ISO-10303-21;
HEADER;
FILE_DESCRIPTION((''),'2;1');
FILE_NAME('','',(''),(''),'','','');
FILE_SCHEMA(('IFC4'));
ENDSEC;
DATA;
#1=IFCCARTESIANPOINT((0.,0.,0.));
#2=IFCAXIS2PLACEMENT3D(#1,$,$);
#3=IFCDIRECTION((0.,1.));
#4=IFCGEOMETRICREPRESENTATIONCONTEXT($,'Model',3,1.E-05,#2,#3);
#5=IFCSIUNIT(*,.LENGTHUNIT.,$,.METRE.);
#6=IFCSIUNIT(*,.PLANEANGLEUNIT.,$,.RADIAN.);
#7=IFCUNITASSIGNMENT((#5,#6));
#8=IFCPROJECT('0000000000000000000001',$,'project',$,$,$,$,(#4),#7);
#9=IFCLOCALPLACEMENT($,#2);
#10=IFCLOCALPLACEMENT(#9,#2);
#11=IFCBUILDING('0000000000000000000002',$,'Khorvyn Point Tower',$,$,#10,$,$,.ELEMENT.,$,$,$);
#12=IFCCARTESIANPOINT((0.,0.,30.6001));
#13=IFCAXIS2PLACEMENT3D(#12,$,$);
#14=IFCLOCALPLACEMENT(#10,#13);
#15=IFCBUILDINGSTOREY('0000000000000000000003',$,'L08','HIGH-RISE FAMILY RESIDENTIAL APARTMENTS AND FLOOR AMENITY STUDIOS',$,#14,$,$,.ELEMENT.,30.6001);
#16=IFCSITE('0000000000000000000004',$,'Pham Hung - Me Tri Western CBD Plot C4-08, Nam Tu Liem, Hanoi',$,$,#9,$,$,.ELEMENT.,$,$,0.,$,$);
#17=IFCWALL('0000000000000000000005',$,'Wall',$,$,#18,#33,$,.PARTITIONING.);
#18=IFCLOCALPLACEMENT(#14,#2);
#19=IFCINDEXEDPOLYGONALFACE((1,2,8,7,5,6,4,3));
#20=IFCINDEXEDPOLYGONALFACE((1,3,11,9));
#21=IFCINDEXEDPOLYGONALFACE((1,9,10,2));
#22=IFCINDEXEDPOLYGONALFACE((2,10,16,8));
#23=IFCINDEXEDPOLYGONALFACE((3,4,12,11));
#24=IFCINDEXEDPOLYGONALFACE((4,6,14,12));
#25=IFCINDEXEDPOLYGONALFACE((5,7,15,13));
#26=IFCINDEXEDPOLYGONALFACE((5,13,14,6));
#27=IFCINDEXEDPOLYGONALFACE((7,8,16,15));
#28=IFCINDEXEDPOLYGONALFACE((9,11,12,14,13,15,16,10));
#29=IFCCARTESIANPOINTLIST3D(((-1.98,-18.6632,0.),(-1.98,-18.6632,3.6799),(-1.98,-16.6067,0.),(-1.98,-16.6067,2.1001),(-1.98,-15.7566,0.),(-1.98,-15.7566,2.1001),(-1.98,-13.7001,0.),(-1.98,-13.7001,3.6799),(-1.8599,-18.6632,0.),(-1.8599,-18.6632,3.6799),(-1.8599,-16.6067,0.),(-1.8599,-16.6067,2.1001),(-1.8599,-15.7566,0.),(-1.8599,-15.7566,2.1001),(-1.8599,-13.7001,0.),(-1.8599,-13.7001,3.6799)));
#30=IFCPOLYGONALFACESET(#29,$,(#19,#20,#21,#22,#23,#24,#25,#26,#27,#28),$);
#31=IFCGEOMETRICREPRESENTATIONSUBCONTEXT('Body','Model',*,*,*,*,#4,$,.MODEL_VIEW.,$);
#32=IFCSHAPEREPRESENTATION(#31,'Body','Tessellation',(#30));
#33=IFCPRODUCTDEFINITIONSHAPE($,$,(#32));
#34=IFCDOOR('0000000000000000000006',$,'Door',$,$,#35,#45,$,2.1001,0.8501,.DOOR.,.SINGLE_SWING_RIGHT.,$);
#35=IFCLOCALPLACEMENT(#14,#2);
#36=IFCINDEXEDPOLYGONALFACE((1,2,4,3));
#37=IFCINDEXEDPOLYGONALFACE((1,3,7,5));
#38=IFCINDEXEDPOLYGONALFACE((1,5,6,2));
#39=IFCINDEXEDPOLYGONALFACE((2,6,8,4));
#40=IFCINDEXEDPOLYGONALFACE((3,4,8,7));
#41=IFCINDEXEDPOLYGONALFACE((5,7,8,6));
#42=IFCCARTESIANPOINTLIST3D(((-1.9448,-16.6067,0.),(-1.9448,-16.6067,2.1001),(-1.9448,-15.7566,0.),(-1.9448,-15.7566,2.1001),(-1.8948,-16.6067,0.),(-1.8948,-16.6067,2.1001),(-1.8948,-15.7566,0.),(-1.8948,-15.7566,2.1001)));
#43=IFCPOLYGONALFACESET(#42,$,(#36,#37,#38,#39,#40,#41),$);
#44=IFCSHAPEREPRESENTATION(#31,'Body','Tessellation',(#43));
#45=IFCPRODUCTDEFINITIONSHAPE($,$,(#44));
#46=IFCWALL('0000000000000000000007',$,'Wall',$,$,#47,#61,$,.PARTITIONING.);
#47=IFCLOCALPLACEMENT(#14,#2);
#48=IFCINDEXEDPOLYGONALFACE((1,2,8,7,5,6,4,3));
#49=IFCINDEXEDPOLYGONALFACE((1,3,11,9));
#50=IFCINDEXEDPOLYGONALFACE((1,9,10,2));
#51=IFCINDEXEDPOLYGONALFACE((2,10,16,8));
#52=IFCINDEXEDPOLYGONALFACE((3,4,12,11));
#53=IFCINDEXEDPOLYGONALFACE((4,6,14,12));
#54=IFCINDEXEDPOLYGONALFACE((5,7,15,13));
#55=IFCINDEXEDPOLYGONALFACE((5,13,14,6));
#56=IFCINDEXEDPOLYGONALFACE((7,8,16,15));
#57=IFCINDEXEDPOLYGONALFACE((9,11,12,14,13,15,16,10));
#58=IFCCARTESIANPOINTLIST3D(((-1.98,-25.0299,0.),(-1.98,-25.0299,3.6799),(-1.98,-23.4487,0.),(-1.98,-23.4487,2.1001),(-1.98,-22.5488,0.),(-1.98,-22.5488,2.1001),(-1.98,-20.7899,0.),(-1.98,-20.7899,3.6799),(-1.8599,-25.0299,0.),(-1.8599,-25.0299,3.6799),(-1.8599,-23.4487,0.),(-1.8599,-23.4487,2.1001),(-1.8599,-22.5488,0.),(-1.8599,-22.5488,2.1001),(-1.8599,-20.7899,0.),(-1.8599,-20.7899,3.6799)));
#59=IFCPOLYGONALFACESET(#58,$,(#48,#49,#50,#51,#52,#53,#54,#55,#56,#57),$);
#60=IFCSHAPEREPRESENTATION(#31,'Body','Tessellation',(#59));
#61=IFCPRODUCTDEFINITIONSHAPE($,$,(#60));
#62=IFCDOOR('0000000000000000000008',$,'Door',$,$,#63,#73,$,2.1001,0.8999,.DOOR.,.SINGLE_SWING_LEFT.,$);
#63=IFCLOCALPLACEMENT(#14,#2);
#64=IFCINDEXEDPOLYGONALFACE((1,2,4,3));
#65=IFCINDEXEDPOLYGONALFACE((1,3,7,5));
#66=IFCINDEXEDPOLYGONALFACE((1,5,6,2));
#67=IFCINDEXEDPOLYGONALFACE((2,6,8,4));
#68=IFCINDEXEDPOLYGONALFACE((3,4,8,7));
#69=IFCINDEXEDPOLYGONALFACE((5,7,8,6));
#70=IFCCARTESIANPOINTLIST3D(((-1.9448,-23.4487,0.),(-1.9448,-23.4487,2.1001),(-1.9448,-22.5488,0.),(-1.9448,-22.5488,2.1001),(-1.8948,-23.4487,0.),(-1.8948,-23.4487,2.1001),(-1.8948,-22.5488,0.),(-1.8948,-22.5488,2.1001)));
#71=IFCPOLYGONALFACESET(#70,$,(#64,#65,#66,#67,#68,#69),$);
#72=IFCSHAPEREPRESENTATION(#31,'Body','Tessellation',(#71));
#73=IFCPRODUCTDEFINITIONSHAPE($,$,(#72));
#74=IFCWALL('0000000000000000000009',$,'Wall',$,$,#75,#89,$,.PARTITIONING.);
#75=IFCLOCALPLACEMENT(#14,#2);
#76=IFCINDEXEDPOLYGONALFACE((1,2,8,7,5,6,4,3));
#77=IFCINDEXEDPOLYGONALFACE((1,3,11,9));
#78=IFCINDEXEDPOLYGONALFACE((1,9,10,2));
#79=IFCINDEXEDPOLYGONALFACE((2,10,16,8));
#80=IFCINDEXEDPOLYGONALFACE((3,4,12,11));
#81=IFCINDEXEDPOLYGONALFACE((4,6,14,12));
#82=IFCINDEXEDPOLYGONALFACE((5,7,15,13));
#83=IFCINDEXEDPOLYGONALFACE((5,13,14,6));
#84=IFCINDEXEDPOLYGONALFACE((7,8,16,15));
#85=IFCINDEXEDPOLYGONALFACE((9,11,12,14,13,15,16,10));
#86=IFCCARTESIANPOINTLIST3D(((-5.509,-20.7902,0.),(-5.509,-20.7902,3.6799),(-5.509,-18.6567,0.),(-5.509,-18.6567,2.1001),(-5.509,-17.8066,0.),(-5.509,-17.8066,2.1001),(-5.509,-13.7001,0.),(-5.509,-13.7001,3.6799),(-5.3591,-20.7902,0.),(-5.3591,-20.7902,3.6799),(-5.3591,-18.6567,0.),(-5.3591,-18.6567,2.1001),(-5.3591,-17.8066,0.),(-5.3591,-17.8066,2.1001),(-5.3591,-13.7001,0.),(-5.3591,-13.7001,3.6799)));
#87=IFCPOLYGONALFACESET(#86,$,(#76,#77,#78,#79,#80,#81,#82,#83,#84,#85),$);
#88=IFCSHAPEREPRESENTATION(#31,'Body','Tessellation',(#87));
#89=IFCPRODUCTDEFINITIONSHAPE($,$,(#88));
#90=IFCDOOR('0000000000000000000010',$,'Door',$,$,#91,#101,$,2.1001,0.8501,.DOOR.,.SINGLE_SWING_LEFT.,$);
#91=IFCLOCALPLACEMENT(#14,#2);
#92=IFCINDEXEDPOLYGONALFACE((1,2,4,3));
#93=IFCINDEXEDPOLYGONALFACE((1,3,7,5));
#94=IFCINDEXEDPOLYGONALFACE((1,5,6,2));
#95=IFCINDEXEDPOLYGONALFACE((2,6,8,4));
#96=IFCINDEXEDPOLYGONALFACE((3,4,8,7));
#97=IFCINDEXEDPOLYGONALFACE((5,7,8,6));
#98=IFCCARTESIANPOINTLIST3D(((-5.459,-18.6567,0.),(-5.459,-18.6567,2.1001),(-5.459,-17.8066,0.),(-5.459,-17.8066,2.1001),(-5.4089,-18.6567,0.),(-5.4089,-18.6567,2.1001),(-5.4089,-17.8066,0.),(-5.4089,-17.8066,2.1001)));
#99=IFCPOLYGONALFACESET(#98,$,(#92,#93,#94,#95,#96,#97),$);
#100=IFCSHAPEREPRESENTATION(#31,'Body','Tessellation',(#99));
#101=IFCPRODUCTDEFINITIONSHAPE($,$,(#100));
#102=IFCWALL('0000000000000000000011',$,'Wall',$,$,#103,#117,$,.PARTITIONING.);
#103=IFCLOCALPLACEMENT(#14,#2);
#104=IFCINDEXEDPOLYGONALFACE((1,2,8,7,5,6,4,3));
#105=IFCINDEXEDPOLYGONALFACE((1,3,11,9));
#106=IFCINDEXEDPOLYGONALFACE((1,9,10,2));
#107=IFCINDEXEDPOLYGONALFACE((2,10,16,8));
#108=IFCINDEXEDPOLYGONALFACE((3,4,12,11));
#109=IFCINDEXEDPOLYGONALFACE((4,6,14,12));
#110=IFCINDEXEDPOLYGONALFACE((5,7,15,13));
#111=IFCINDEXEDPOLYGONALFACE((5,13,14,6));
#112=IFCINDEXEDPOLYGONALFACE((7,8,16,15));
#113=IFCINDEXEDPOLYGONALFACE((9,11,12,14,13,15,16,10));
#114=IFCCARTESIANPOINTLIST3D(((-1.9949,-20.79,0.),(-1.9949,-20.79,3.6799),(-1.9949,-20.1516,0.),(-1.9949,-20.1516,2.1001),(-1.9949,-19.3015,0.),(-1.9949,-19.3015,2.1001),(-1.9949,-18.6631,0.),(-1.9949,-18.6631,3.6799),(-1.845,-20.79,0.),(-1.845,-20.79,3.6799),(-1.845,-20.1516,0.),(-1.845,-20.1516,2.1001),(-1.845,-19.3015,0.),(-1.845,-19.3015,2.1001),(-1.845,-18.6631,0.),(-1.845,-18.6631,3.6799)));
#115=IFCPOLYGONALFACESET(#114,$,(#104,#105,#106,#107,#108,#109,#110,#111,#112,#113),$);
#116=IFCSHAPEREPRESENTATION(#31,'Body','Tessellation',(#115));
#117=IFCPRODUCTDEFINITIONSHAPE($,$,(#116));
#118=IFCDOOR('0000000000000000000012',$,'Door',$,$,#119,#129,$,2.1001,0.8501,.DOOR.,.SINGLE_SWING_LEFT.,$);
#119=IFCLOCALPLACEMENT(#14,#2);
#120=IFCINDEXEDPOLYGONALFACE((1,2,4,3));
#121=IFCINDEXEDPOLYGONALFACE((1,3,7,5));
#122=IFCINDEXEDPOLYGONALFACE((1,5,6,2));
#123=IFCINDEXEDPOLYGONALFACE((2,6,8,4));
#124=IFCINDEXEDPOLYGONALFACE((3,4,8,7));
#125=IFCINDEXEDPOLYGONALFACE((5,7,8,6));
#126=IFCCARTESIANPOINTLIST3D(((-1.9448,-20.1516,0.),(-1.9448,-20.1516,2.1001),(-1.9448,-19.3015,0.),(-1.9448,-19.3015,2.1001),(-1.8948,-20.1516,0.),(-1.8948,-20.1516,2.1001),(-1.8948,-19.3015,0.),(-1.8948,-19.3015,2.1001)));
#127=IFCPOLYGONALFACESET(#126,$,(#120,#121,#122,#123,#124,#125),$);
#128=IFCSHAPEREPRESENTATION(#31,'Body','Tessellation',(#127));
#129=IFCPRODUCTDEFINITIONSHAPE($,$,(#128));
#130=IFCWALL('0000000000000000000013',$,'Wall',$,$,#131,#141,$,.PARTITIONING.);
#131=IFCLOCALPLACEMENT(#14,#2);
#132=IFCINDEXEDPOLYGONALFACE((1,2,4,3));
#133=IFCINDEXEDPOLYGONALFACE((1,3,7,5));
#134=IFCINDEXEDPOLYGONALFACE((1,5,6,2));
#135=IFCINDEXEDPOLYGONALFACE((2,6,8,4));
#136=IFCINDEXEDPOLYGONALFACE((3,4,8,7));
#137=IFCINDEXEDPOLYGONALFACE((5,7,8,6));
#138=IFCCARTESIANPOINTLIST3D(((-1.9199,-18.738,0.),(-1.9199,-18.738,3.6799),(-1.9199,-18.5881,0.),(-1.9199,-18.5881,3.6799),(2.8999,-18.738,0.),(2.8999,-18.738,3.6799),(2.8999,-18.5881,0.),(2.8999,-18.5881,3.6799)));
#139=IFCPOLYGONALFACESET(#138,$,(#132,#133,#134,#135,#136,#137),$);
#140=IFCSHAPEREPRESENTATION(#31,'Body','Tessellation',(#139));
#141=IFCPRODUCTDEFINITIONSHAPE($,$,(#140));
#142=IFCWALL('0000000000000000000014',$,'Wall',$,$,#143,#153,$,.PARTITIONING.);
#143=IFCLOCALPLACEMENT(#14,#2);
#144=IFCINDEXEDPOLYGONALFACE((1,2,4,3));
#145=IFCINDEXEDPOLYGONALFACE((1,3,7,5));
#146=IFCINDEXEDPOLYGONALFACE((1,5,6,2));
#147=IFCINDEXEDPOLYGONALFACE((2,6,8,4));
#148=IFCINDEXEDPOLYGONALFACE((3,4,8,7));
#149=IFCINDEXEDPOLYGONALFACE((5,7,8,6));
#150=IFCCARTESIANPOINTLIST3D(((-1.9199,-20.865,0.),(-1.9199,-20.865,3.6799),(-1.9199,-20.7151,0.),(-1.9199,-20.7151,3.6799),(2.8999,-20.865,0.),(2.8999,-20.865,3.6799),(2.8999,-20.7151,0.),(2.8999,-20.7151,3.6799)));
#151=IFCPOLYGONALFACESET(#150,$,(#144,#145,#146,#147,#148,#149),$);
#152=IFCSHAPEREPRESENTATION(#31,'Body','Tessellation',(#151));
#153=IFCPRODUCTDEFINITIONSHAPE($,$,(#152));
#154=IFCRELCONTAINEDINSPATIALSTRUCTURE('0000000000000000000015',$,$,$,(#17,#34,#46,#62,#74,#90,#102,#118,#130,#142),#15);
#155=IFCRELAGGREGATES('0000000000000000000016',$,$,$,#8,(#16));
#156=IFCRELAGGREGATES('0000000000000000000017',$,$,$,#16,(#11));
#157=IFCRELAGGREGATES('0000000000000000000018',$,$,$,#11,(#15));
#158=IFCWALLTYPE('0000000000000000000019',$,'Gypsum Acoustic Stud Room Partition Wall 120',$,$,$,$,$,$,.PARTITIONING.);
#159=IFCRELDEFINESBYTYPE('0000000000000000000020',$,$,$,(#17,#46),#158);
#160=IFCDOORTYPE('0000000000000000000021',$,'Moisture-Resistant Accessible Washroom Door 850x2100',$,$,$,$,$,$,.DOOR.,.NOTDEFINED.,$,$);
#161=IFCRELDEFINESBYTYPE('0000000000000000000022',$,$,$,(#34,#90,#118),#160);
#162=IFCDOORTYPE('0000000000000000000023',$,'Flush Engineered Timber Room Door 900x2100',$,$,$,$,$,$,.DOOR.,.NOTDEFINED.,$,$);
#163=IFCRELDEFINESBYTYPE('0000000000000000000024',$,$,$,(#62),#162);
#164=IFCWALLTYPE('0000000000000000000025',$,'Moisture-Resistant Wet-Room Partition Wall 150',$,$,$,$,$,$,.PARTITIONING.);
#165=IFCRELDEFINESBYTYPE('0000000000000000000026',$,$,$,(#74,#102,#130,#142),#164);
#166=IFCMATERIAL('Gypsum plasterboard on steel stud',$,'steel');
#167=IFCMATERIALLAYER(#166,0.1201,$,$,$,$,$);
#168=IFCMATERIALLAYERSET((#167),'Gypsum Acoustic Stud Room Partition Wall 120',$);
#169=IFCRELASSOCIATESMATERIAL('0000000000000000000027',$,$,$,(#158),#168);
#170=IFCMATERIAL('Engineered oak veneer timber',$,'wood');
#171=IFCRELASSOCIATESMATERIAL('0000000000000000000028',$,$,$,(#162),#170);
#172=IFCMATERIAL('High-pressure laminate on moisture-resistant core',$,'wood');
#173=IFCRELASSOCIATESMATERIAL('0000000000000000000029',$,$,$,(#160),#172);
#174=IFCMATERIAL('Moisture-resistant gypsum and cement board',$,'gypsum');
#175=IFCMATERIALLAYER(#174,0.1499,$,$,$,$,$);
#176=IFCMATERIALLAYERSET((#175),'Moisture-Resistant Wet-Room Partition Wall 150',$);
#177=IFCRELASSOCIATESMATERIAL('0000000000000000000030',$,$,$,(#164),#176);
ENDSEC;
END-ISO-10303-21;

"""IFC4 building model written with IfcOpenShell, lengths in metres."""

from ifc_helpers import new_model, si_unit, direction, frame, frame_2d, origin, place, context, subcontext, project, spatial, rectangle, extrude, material, layer, layer_set, type_object, element, fill, save


model = new_model("IFC4")

# Units and contexts
model_context = context("Model", 3, precision=1e-05, world=origin(), true_north=direction((0.0, 1.0)))
body_context = subcontext(model_context, "Body", "Model", "MODEL_VIEW")
ifc_project = project(units=[si_unit("LENGTHUNIT", "METRE"), si_unit("PLANEANGLEUNIT", "RADIAN")], contexts=[model_context])

# Site, building, storey
site_placement = place(None, origin())
site = spatial("IfcSite", under=ifc_project, at=site_placement, Name="Pham Hung - Me Tri Western CBD Plot C4-08, Nam Tu Liem, Hanoi", CompositionType="ELEMENT", RefElevation=0.0)
building_placement = place(site_placement, origin())
building = spatial("IfcBuilding", under=site, at=building_placement, Name="Khorvyn Point Tower", CompositionType="ELEMENT")
storey_placement = place(building_placement, frame((0.0, 0.0, 30.6001)))
storey = spatial("IfcBuildingStorey", under=building, at=storey_placement, Name="L08", Description="HIGH-RISE FAMILY RESIDENTIAL APARTMENTS AND FLOOR AMENITY STUDIOS", CompositionType="ELEMENT", Elevation=30.6001)

# Walls, openings, doors
ifc_material_1 = material(Name="Gypsum plasterboard on steel stud", Category="steel")
ifc_layer_1 = layer(ifc_material_1, 0.1201)
ifc_layer_set_1 = layer_set([ifc_layer_1], Name="Gypsum Acoustic Stud Room Partition Wall 120")
wall_type_1 = type_object("IfcWallType", Name="Gypsum Acoustic Stud Room Partition Wall 120", PredefinedType="PARTITIONING", material=ifc_layer_set_1)
ifc_material_2 = material(Name="Engineered oak veneer timber", Category="wood")
door_type_1 = type_object("IfcDoorType", Name="Flush Engineered Timber Room Door 900x2100", OperationType="NOTDEFINED", PredefinedType="DOOR", material=ifc_material_2)
wall_1_placement = place(storey_placement, frame((-1.9199, -18.6631, 0.0), z_axis=(0.0, 0.0, 1.0), x_axis=(0.0, 1.0, 0.0)))
wall_1 = element("IfcWall", 1, at=wall_1_placement, inside=storey, type_object=wall_type_1, Name="Wall", PredefinedType="PARTITIONING", context=body_context, shape_type="SweptSolid", body=[
    extrude(rectangle(XDim=4.9631, YDim=0.1201, at=frame_2d((2.4814, 0.0))), origin(), (0.0, 0.0, 1.0), 3.6799),
])
opening_1_placement = place(wall_1_placement, frame((2.0564, 0.0, 0.0)))
opening_1 = element("IfcOpeningElement", 2, at=opening_1_placement, cuts=wall_1, PredefinedType="OPENING", context=body_context, shape_type="SweptSolid", body=[
    extrude(rectangle(XDim=0.8501, YDim=2.1001, at=frame_2d((0.425, 1.05))), frame((0.0, 0.0701, 0.0), z_axis=(0.0, -1.0, 0.0), x_axis=(1.0, 0.0, 0.0)), (0.0, 0.0, 1.0), 0.1401),
])
ifc_material_3 = material(Name="High-pressure laminate on moisture-resistant core", Category="wood")
door_type_2 = type_object("IfcDoorType", Name="Moisture-Resistant Accessible Washroom Door 850x2100", OperationType="NOTDEFINED", PredefinedType="DOOR", material=ifc_material_3)
door_1_placement = place(opening_1_placement, origin())
door_1 = element("IfcDoor", 3, at=door_1_placement, inside=storey, type_object=door_type_2, Name="Door", OperationType="SINGLE_SWING_RIGHT", OverallHeight=2.1001, OverallWidth=0.8501, PredefinedType="DOOR", context=body_context, shape_type="SweptSolid", body=[
    extrude(rectangle(XDim=0.8501, YDim=2.1001, at=frame_2d((0.425, 1.05))), frame((0.0, 0.0249, 0.0), z_axis=(0.0, -1.0, 0.0), x_axis=(1.0, 0.0, 0.0)), (0.0, 0.0, 1.0), 0.05),
])
fill(opening_1, door_1)
wall_2_placement = place(storey_placement, frame((-1.9199, -25.03, 0.0), z_axis=(0.0, 0.0, 1.0), x_axis=(0.0, 1.0, 0.0)))
wall_2 = element("IfcWall", 4, at=wall_2_placement, inside=storey, type_object=wall_type_1, Name="Wall", PredefinedType="PARTITIONING", context=body_context, shape_type="SweptSolid", body=[
    extrude(rectangle(XDim=4.24, YDim=0.1201, at=frame_2d((2.1201, 0.0))), origin(), (0.0, 0.0, 1.0), 3.6799),
])
opening_2_placement = place(wall_2_placement, frame((1.5813, 0.0, 0.0)))
opening_2 = element("IfcOpeningElement", 5, at=opening_2_placement, cuts=wall_2, PredefinedType="OPENING", context=body_context, shape_type="SweptSolid", body=[
    extrude(rectangle(XDim=0.8999, YDim=2.1001, at=frame_2d((0.45, 1.05))), frame((0.0, 0.0701, 0.0), z_axis=(0.0, -1.0, 0.0), x_axis=(1.0, 0.0, 0.0)), (0.0, 0.0, 1.0), 0.1401),
])
door_2_placement = place(opening_2_placement, origin())
door_2 = element("IfcDoor", 6, at=door_2_placement, inside=storey, type_object=door_type_1, Name="Door", OperationType="SINGLE_SWING_LEFT", OverallHeight=2.1001, OverallWidth=0.8999, PredefinedType="DOOR", context=body_context, shape_type="SweptSolid", body=[
    extrude(rectangle(XDim=0.8999, YDim=2.1001, at=frame_2d((0.45, 1.05))), frame((0.0, 0.0249, 0.0), z_axis=(0.0, -1.0, 0.0), x_axis=(1.0, 0.0, 0.0)), (0.0, 0.0, 1.0), 0.05),
])
fill(opening_2, door_2)
ifc_material_4 = material(Name="Moisture-resistant gypsum and cement board", Category="gypsum")
ifc_layer_2 = layer(ifc_material_4, 0.1499)
ifc_layer_set_2 = layer_set([ifc_layer_2], Name="Moisture-Resistant Wet-Room Partition Wall 150")
wall_type_2 = type_object("IfcWallType", Name="Moisture-Resistant Wet-Room Partition Wall 150", PredefinedType="PARTITIONING", material=ifc_layer_set_2)
wall_3_placement = place(storey_placement, frame((-5.4341, -20.79, 0.0), z_axis=(0.0, 0.0, 1.0), x_axis=(0.0, 1.0, 0.0)))
wall_3 = element("IfcWall", 7, at=wall_3_placement, inside=storey, type_object=wall_type_2, Name="Wall", PredefinedType="PARTITIONING", context=body_context, shape_type="SweptSolid", body=[
    extrude(rectangle(XDim=7.0901, YDim=0.1499, at=frame_2d((3.5449, 0.0))), origin(), (0.0, 0.0, 1.0), 3.6799),
])
opening_3_placement = place(wall_3_placement, frame((2.1333, 0.0, 0.0)))
opening_3 = element("IfcOpeningElement", 8, at=opening_3_placement, cuts=wall_3, PredefinedType="OPENING", context=body_context, shape_type="SweptSolid", body=[
    extrude(rectangle(XDim=0.8501, YDim=2.1001, at=frame_2d((0.425, 1.05))), frame((0.0, 0.085, 0.0), z_axis=(0.0, -1.0, 0.0), x_axis=(1.0, 0.0, 0.0)), (0.0, 0.0, 1.0), 0.1699),
])
door_3_placement = place(opening_3_placement, origin())
door_3 = element("IfcDoor", 9, at=door_3_placement, inside=storey, type_object=door_type_2, Name="Door", OperationType="SINGLE_SWING_LEFT", OverallHeight=2.1001, OverallWidth=0.8501, PredefinedType="DOOR", context=body_context, shape_type="SweptSolid", body=[
    extrude(rectangle(XDim=0.8501, YDim=2.1001, at=frame_2d((0.425, 1.05))), frame((0.0, 0.0249, 0.0), z_axis=(0.0, -1.0, 0.0), x_axis=(1.0, 0.0, 0.0)), (0.0, 0.0, 1.0), 0.05),
])
fill(opening_3, door_3)
wall_4_placement = place(storey_placement, frame((-1.9199, -20.79, 0.0), z_axis=(0.0, 0.0, 1.0), x_axis=(0.0, 1.0, 0.0)))
wall_4 = element("IfcWall", 10, at=wall_4_placement, inside=storey, type_object=wall_type_2, Name="Wall", PredefinedType="PARTITIONING", context=body_context, shape_type="SweptSolid", body=[
    extrude(rectangle(XDim=2.127, YDim=0.1499, at=frame_2d((1.0635, 0.0))), origin(), (0.0, 0.0, 1.0), 3.6799),
])
opening_4_placement = place(wall_4_placement, frame((0.6384, 0.0, 0.0)))
opening_4 = element("IfcOpeningElement", 11, at=opening_4_placement, cuts=wall_4, PredefinedType="OPENING", context=body_context, shape_type="SweptSolid", body=[
    extrude(rectangle(XDim=0.8501, YDim=2.1001, at=frame_2d((0.425, 1.05))), frame((0.0, 0.085, 0.0), z_axis=(0.0, -1.0, 0.0), x_axis=(1.0, 0.0, 0.0)), (0.0, 0.0, 1.0), 0.1699),
])
door_4_placement = place(opening_4_placement, origin())
door_4 = element("IfcDoor", 12, at=door_4_placement, inside=storey, type_object=door_type_2, Name="Door", OperationType="SINGLE_SWING_LEFT", OverallHeight=2.1001, OverallWidth=0.8501, PredefinedType="DOOR", context=body_context, shape_type="SweptSolid", body=[
    extrude(rectangle(XDim=0.8501, YDim=2.1001, at=frame_2d((0.425, 1.05))), frame((0.0, 0.0249, 0.0), z_axis=(0.0, -1.0, 0.0), x_axis=(1.0, 0.0, 0.0)), (0.0, 0.0, 1.0), 0.05),
])
fill(opening_4, door_4)

# Walls
for number, where, z_axis, x_axis, name in (
    (13, (-1.9199, -18.6631, 0.0), (0.0, 0.0, 1.0), (1.0, 0.0, 0.0), "Wall"),
    (14, (-1.9199, -20.79, 0.0), (0.0, 0.0, 1.0), (1.0, 0.0, 0.0), "Wall"),
):
    element("IfcWall", number, at=place(storey_placement, frame(where, z_axis=z_axis, x_axis=x_axis)), inside=storey, type_object=wall_type_2, Name=name, PredefinedType="PARTITIONING", context=body_context, shape_type="SweptSolid", body=[
        extrude(rectangle(XDim=4.8198, YDim=0.1499, at=frame_2d((2.4099, 0.0))), origin(), (0.0, 0.0, 1.0), 3.6799),
    ])

save(model, "model.ifc")
